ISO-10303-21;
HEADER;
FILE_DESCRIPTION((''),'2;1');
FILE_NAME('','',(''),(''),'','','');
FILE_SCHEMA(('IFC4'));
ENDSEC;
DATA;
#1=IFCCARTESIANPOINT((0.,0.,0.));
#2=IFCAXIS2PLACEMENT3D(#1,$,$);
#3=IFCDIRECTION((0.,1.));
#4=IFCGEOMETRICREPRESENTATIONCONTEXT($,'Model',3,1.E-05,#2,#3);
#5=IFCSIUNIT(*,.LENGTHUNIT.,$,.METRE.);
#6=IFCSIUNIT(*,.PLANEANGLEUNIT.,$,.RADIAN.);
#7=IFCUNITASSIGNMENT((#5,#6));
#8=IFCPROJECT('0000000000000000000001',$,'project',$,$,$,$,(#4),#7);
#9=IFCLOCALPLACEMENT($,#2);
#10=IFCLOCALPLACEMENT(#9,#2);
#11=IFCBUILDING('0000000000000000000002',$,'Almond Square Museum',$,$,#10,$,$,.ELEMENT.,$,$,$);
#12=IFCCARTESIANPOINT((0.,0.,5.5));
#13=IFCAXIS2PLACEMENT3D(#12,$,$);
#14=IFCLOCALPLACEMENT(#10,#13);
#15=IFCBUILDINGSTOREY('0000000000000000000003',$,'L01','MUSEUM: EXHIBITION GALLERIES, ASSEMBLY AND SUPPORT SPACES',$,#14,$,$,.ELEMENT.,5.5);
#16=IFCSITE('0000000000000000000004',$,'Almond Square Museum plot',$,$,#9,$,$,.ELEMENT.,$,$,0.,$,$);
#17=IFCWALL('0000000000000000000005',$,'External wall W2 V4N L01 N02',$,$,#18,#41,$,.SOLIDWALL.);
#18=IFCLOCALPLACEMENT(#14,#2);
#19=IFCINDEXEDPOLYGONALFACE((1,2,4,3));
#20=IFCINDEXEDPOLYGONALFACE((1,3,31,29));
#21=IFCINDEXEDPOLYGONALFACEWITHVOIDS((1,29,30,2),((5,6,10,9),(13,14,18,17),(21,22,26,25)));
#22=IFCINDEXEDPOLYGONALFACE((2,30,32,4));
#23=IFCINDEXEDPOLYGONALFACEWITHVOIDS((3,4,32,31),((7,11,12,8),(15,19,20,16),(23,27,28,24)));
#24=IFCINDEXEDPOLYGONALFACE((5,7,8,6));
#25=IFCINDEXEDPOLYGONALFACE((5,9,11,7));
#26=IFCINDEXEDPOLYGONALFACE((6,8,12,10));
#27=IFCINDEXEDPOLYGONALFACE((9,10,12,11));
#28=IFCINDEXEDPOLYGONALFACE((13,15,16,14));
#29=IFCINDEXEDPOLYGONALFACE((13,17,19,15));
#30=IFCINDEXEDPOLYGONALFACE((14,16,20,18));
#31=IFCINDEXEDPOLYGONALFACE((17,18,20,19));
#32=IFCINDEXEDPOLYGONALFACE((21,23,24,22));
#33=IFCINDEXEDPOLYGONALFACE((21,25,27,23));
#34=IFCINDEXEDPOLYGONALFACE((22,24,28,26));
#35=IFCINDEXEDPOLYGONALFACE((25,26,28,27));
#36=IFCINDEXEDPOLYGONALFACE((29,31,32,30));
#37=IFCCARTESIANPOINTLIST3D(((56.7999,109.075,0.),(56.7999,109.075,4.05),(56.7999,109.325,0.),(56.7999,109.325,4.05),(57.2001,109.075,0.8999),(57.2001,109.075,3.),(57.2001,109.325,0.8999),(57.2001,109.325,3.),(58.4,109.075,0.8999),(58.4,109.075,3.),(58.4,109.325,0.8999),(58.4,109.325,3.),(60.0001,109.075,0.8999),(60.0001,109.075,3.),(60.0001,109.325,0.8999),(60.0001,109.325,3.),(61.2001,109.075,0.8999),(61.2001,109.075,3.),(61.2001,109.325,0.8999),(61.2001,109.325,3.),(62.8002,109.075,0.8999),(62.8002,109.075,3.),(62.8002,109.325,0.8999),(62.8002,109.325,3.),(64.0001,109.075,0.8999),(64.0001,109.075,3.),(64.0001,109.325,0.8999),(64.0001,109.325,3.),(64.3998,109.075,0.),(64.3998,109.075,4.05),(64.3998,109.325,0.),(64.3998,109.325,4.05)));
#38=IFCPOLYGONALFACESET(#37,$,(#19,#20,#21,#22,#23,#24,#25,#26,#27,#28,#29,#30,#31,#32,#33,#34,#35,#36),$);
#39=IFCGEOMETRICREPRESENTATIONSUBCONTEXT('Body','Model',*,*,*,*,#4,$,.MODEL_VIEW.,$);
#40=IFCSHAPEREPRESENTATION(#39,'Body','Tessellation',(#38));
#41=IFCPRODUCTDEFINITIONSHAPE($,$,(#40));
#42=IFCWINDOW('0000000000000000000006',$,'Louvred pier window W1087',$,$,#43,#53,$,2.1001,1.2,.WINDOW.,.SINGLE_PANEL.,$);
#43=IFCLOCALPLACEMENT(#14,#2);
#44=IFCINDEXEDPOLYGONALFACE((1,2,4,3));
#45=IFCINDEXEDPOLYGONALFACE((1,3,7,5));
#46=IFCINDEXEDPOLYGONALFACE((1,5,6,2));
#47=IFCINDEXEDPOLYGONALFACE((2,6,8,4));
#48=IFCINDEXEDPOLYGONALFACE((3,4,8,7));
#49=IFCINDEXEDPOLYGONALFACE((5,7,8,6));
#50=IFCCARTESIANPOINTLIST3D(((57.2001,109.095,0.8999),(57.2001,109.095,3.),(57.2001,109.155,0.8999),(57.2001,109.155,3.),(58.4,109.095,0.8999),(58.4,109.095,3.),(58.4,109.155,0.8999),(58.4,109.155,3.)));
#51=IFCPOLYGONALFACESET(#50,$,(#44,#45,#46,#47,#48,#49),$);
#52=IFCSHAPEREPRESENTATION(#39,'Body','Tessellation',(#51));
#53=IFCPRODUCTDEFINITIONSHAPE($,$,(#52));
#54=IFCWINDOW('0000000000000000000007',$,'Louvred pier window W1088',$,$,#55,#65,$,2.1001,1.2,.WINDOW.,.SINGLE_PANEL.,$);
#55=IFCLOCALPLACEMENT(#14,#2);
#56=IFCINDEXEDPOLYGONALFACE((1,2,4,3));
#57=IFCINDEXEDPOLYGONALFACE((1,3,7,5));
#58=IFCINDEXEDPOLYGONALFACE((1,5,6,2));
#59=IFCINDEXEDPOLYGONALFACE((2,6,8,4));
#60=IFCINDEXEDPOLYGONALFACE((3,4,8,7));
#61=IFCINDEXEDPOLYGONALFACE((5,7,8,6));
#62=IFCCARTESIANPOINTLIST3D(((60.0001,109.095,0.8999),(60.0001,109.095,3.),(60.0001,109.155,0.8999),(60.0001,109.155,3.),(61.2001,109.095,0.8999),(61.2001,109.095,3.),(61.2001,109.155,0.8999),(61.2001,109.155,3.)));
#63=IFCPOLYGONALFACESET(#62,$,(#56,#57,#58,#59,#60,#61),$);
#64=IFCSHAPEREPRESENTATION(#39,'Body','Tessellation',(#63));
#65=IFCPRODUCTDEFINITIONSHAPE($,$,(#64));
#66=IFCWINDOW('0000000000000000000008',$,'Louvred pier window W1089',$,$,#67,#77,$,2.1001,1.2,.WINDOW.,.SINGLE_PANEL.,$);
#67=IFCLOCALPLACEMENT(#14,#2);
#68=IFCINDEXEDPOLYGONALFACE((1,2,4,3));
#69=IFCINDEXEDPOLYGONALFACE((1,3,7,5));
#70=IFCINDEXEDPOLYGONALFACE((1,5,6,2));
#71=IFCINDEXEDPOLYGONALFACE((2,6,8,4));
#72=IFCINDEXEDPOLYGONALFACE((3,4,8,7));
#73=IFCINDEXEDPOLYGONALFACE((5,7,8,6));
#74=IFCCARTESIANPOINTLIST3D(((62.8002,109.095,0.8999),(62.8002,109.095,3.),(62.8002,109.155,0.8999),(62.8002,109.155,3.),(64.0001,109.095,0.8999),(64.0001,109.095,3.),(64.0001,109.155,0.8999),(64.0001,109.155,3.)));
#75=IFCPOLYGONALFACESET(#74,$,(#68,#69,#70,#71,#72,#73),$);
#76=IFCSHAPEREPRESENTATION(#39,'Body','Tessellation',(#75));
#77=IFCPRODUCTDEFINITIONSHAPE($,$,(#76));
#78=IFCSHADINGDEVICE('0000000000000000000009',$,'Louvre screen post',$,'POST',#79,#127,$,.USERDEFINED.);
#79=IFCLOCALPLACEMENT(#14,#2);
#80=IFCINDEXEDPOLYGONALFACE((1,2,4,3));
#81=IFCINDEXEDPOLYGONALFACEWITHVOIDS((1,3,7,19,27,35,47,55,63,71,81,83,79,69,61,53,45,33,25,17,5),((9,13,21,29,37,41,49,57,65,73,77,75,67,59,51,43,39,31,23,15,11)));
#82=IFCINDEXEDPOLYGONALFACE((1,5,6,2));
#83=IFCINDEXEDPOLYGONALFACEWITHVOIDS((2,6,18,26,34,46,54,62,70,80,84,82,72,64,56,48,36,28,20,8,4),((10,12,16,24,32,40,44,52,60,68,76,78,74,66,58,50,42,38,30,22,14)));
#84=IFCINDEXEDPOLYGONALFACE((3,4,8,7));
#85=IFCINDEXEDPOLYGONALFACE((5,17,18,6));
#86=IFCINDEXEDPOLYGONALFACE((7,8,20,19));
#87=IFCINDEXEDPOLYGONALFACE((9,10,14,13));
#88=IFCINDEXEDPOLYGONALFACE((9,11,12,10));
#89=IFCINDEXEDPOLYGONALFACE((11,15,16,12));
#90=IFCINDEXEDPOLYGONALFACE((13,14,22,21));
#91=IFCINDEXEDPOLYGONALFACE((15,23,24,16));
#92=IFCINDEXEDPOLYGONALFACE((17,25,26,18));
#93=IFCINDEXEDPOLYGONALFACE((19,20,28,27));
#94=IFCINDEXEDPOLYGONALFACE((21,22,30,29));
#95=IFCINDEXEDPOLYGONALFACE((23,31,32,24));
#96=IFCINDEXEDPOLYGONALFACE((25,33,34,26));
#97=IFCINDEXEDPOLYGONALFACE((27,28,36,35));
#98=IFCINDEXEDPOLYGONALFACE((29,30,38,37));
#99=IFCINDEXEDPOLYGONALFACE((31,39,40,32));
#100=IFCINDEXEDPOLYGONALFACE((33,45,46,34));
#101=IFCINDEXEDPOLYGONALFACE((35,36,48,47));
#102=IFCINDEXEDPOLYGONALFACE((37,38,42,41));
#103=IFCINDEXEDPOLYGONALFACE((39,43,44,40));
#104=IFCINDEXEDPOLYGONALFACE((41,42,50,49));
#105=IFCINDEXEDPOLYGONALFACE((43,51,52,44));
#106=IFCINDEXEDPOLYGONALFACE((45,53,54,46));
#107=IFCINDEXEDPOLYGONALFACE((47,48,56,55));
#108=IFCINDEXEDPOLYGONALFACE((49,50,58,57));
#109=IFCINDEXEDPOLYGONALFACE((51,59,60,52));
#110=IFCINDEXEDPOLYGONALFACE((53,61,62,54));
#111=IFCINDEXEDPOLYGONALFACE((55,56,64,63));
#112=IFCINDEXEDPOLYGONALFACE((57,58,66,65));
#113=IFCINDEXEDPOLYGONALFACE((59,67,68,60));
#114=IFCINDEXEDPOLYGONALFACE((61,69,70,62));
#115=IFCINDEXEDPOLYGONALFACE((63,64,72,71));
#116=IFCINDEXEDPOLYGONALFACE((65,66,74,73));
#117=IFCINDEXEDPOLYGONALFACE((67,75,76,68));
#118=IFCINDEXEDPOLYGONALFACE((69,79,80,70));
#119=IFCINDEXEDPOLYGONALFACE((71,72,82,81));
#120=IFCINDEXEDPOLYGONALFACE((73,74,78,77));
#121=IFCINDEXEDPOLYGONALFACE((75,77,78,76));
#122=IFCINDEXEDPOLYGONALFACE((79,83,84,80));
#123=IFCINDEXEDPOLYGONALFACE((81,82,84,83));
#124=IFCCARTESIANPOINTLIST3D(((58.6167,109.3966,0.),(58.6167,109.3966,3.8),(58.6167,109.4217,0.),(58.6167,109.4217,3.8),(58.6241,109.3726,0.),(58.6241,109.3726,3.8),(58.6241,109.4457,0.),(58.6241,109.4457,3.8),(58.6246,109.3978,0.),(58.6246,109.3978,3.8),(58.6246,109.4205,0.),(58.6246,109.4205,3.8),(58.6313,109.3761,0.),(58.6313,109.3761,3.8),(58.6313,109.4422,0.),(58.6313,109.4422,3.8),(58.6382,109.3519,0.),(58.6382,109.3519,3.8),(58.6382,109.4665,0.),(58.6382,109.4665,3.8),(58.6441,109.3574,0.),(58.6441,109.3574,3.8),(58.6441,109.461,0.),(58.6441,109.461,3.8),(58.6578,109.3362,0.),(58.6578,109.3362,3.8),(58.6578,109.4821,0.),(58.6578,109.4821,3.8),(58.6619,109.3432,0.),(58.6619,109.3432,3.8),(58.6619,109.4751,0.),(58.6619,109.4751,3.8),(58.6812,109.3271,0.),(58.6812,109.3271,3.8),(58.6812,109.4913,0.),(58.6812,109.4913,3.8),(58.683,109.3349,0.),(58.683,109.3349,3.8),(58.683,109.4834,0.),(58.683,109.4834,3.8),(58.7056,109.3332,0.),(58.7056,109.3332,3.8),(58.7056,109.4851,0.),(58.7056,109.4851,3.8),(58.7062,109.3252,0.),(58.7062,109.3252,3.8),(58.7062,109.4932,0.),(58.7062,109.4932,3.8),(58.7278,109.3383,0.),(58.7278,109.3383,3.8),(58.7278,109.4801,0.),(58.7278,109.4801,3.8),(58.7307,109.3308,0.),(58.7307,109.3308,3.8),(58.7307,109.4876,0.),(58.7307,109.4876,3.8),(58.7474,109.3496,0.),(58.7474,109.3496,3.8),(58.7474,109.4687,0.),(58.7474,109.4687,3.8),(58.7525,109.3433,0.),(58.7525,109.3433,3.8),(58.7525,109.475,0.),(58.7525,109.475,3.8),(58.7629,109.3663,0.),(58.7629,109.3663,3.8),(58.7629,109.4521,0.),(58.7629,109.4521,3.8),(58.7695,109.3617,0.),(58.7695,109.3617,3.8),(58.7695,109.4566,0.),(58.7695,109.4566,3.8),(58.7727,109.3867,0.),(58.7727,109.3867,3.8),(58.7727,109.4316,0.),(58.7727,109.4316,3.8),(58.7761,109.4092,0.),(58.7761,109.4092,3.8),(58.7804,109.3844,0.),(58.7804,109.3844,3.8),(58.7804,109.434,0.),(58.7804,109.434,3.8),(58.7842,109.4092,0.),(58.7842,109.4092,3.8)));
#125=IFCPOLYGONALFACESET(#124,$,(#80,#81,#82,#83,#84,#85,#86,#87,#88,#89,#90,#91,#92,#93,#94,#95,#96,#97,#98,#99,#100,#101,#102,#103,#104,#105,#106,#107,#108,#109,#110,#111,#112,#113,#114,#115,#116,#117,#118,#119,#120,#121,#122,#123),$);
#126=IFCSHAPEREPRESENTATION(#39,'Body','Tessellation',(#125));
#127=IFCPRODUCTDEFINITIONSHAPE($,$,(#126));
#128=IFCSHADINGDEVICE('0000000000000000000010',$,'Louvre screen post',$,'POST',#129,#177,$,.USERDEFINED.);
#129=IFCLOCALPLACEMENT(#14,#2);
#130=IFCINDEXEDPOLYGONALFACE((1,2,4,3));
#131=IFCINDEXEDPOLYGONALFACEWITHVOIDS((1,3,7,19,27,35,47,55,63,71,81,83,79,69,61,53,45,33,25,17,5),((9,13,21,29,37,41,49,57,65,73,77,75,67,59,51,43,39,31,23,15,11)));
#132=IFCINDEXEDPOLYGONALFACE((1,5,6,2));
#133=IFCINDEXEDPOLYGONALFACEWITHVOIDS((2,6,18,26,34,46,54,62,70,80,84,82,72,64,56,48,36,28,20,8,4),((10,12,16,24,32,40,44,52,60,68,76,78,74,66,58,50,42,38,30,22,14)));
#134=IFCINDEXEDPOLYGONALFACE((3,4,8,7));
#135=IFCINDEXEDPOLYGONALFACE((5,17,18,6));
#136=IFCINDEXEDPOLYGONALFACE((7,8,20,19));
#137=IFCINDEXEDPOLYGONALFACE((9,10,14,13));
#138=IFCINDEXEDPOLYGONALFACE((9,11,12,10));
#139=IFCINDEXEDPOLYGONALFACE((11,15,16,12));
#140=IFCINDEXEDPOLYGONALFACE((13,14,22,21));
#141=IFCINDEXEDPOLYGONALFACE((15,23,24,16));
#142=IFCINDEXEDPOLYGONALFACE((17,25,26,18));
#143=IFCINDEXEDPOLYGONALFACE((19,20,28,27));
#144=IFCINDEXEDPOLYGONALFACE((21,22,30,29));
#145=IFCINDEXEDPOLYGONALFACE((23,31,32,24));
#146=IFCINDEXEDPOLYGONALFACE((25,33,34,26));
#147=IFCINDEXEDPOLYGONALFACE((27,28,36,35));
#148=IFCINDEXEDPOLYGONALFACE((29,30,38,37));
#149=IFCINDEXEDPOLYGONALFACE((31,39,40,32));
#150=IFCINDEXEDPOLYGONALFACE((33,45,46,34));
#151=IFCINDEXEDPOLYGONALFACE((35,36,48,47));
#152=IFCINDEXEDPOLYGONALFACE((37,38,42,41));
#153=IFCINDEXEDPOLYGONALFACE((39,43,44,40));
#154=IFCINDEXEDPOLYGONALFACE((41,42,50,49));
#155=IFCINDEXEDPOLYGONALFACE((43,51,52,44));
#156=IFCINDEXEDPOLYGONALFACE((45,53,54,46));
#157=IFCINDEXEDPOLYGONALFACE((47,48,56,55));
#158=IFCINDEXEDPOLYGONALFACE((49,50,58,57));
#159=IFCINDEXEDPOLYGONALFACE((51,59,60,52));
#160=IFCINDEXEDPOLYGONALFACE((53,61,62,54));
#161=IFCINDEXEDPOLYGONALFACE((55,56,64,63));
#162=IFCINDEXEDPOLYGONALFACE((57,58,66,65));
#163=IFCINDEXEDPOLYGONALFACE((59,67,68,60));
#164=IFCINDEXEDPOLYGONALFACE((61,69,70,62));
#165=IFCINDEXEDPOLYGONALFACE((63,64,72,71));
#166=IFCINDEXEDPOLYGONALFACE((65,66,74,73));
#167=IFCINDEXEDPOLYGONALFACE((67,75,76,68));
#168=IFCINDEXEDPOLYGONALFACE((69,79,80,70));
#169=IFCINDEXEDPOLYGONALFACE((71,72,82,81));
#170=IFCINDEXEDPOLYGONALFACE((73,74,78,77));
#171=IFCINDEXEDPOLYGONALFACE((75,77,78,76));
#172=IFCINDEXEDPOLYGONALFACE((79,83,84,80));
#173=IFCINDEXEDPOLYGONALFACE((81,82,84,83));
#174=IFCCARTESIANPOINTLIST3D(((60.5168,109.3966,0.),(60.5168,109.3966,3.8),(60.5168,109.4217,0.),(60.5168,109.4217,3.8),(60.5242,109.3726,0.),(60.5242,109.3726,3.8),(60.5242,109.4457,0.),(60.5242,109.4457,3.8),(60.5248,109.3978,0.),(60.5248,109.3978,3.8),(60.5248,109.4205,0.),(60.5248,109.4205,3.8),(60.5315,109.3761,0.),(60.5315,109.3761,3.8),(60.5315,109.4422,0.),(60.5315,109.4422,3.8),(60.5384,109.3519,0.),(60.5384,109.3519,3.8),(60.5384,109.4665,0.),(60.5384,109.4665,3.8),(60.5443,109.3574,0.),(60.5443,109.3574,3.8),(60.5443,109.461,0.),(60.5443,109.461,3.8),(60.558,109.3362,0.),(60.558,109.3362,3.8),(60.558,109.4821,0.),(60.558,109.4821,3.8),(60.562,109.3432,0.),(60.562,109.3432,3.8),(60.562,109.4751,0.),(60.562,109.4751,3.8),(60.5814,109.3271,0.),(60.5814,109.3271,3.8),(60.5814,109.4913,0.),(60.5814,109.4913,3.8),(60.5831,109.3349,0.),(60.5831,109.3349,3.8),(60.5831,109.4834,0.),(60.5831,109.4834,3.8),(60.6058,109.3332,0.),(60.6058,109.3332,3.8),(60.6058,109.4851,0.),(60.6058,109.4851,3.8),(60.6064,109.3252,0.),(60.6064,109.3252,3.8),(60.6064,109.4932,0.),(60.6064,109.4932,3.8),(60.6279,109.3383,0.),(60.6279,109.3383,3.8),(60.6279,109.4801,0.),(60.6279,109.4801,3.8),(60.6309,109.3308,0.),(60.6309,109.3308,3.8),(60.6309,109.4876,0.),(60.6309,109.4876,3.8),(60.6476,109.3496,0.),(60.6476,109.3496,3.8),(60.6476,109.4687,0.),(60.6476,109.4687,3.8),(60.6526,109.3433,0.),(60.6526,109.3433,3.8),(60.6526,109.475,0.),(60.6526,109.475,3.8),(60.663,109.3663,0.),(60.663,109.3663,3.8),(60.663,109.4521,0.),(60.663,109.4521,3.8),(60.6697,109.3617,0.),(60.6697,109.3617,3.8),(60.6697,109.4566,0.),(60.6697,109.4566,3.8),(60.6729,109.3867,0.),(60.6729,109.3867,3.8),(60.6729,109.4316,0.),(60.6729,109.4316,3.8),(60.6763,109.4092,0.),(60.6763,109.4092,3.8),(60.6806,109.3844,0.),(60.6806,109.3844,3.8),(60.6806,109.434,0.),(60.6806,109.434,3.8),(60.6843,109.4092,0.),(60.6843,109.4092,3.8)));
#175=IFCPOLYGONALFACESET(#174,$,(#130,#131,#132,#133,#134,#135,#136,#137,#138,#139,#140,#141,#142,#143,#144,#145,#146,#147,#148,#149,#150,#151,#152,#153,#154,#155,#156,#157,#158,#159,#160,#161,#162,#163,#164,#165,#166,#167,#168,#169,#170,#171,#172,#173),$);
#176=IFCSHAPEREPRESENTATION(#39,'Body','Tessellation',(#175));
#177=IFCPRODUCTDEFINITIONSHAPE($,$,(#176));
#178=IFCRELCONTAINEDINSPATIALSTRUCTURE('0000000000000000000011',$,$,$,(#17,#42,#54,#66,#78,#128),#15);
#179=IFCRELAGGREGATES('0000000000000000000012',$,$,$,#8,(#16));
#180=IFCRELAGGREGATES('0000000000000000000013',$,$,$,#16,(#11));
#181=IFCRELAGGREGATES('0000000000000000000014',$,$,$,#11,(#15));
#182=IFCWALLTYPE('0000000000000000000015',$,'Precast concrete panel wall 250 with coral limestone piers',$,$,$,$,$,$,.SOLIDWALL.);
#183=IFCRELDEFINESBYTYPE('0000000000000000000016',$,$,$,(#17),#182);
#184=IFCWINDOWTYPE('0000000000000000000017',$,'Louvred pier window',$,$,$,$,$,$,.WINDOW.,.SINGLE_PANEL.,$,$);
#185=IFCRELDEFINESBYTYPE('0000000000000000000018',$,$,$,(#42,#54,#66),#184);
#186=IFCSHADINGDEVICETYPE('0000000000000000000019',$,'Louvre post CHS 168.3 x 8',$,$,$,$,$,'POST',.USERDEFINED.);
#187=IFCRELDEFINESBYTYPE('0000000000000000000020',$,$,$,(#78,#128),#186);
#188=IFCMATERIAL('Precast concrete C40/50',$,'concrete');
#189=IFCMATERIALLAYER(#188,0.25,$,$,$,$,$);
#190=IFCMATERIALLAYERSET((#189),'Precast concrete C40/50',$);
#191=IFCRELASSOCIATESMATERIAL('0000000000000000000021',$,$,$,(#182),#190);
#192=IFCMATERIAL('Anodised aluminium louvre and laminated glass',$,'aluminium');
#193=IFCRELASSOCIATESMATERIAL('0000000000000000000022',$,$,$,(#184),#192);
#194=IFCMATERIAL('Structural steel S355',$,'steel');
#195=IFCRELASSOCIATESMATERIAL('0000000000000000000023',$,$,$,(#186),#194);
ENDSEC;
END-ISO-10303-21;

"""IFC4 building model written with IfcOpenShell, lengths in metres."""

from ifc_helpers import new_model, si_unit, direction, frame, frame_2d, origin, origin_2d, place, context, subcontext, project, spatial, rectangle, hollow_circle, extrude, material, layer, layer_set, material_profile, profile_set, type_object, element, fill, save


model = new_model("IFC4")

# Units and contexts
model_context = context("Model", 3, precision=1e-05, world=origin(), true_north=direction((0.0, 1.0)))
body_context = subcontext(model_context, "Body", "Model", "MODEL_VIEW")
ifc_project = project(units=[si_unit("LENGTHUNIT", "METRE"), si_unit("PLANEANGLEUNIT", "RADIAN")], contexts=[model_context])

# Site, building, storey
site_placement = place(None, origin())
site = spatial("IfcSite", under=ifc_project, at=site_placement, Name="Almond Square Museum plot", CompositionType="ELEMENT", RefElevation=0.0)
building_placement = place(site_placement, origin())
building = spatial("IfcBuilding", under=site, at=building_placement, Name="Almond Square Museum", CompositionType="ELEMENT")
storey_placement = place(building_placement, frame((0.0, 0.0, 5.5)))
storey = spatial("IfcBuildingStorey", under=building, at=storey_placement, Name="L01", Description="MUSEUM: EXHIBITION GALLERIES, ASSEMBLY AND SUPPORT SPACES", CompositionType="ELEMENT", Elevation=5.5)

# Wall, openings, windows
ifc_material_1 = material(Name="Precast concrete C40/50", Category="concrete")
ifc_layer_1 = layer(ifc_material_1, 0.25)
ifc_layer_set_1 = layer_set([ifc_layer_1], Name="Precast concrete C40/50")
wall_type_1 = type_object("IfcWallType", Name="Precast concrete panel wall 250 with coral limestone piers", PredefinedType="SOLIDWALL", material=ifc_layer_set_1)
ifc_material_2 = material(Name="Anodised aluminium louvre and laminated glass", Category="aluminium")
window_type = type_object("IfcWindowType", Name="Louvred pier window", PartitioningType="SINGLE_PANEL", PredefinedType="WINDOW", material=ifc_material_2)
wall_1_placement = place(storey_placement, frame((56.8, 109.2, 0.0), z_axis=(0.0, 0.0, 1.0), x_axis=(1.0, 0.0, 0.0)))
wall_1 = element("IfcWall", 1, at=wall_1_placement, inside=storey, type_object=wall_type_1, Name="External wall W2 V4N L01 N02", PredefinedType="SOLIDWALL", context=body_context, shape_type="SweptSolid", body=[
    extrude(rectangle(XDim=7.5999, YDim=0.25, at=frame_2d((3.7998, 0.0))), origin(), (0.0, 0.0, 1.0), 4.05),
])
opening_1_placement = place(wall_1_placement, frame((0.3999, 0.0, 0.8999)))
opening_1 = element("IfcOpeningElement", 2, at=opening_1_placement, cuts=wall_1, PredefinedType="OPENING", context=body_context, shape_type="SweptSolid", body=[
    extrude(rectangle(XDim=1.2, YDim=2.1001, at=frame_2d((0.6001, 1.05))), frame((0.0, 0.135, 0.0), z_axis=(0.0, -1.0, 0.0), x_axis=(1.0, 0.0, 0.0)), (0.0, 0.0, 1.0), 0.27),
])
opening_2_placement = place(wall_1_placement, frame((3.2, 0.0, 0.8999)))
opening_2 = element("IfcOpeningElement", 3, at=opening_2_placement, cuts=wall_1, PredefinedType="OPENING", context=body_context, shape_type="SweptSolid", body=[
    extrude(rectangle(XDim=1.2, YDim=2.1001, at=frame_2d((0.6001, 1.05))), frame((0.0, 0.135, 0.0), z_axis=(0.0, -1.0, 0.0), x_axis=(1.0, 0.0, 0.0)), (0.0, 0.0, 1.0), 0.27),
])
opening_3_placement = place(wall_1_placement, frame((6.0, 0.0, 0.8999)))
opening_3 = element("IfcOpeningElement", 4, at=opening_3_placement, cuts=wall_1, PredefinedType="OPENING", context=body_context, shape_type="SweptSolid", body=[
    extrude(rectangle(XDim=1.2, YDim=2.1001, at=frame_2d((0.6001, 1.05))), frame((0.0, 0.135, 0.0), z_axis=(0.0, -1.0, 0.0), x_axis=(1.0, 0.0, 0.0)), (0.0, 0.0, 1.0), 0.27),
])
window_1_placement = place(opening_1_placement, origin())
window_1 = element("IfcWindow", 5, at=window_1_placement, inside=storey, type_object=window_type, Name="Louvred pier window W1087", OverallHeight=2.1001, OverallWidth=1.2, PartitioningType="SINGLE_PANEL", PredefinedType="WINDOW", context=body_context, shape_type="SweptSolid", body=[
    extrude(rectangle(XDim=1.2, YDim=2.1001, at=frame_2d((0.6001, 1.05))), frame((0.0, -0.0449, 0.0), z_axis=(0.0, -1.0, 0.0), x_axis=(1.0, 0.0, 0.0)), (0.0, 0.0, 1.0), 0.0601),
])
fill(opening_1, window_1)
window_2_placement = place(opening_2_placement, origin())
window_2 = element("IfcWindow", 6, at=window_2_placement, inside=storey, type_object=window_type, Name="Louvred pier window W1088", OverallHeight=2.1001, OverallWidth=1.2, PartitioningType="SINGLE_PANEL", PredefinedType="WINDOW", context=body_context, shape_type="SweptSolid", body=[
    extrude(rectangle(XDim=1.2, YDim=2.1001, at=frame_2d((0.6001, 1.05))), frame((0.0, -0.0449, 0.0), z_axis=(0.0, -1.0, 0.0), x_axis=(1.0, 0.0, 0.0)), (0.0, 0.0, 1.0), 0.0601),
])
fill(opening_2, window_2)
window_3_placement = place(opening_3_placement, origin())
window_3 = element("IfcWindow", 7, at=window_3_placement, inside=storey, type_object=window_type, Name="Louvred pier window W1089", OverallHeight=2.1001, OverallWidth=1.2, PartitioningType="SINGLE_PANEL", PredefinedType="WINDOW", context=body_context, shape_type="SweptSolid", body=[
    extrude(rectangle(XDim=1.2, YDim=2.1001, at=frame_2d((0.6001, 1.05))), frame((0.0, -0.0449, 0.0), z_axis=(0.0, -1.0, 0.0), x_axis=(1.0, 0.0, 0.0)), (0.0, 0.0, 1.0), 0.0601),
])
fill(opening_3, window_3)

# Shading devices
ifc_material_3 = material(Name="Structural steel S355", Category="steel")
ifc_material_profile_1 = material_profile(ifc_material_3, hollow_circle(Radius=0.0842, WallThickness=0.0081, at=origin_2d()))
ifc_profile_set_1 = profile_set([ifc_material_profile_1], Name="Structural steel S355")
shading_device_type = type_object("IfcShadingDeviceType", Name="Louvre post CHS 168.3 x 8", ElementType="POST", PredefinedType="USERDEFINED", material=ifc_profile_set_1)
for number, where, z_axis, x_axis, name in (
    (8, (58.7, 109.4092, 0.0), (0.0, 0.0, 1.0), (1.0, 0.0, 0.0), "Louvre screen post"),
    (9, (60.6001, 109.4092, 0.0), (0.0, 0.0, 1.0), (1.0, 0.0, 0.0), "Louvre screen post"),
):
    element("IfcShadingDevice", number, at=place(storey_placement, frame(where, z_axis=z_axis, x_axis=x_axis)), inside=storey, type_object=shading_device_type, Name=name, ObjectType="POST", PredefinedType="USERDEFINED", context=body_context, shape_type="SweptSolid", body=[
        extrude(hollow_circle(Radius=0.0842, WallThickness=0.0081, at=origin_2d()), origin(), (0.0, 0.0, 1.0), 3.8),
    ])

save(model, "model.ifc")
